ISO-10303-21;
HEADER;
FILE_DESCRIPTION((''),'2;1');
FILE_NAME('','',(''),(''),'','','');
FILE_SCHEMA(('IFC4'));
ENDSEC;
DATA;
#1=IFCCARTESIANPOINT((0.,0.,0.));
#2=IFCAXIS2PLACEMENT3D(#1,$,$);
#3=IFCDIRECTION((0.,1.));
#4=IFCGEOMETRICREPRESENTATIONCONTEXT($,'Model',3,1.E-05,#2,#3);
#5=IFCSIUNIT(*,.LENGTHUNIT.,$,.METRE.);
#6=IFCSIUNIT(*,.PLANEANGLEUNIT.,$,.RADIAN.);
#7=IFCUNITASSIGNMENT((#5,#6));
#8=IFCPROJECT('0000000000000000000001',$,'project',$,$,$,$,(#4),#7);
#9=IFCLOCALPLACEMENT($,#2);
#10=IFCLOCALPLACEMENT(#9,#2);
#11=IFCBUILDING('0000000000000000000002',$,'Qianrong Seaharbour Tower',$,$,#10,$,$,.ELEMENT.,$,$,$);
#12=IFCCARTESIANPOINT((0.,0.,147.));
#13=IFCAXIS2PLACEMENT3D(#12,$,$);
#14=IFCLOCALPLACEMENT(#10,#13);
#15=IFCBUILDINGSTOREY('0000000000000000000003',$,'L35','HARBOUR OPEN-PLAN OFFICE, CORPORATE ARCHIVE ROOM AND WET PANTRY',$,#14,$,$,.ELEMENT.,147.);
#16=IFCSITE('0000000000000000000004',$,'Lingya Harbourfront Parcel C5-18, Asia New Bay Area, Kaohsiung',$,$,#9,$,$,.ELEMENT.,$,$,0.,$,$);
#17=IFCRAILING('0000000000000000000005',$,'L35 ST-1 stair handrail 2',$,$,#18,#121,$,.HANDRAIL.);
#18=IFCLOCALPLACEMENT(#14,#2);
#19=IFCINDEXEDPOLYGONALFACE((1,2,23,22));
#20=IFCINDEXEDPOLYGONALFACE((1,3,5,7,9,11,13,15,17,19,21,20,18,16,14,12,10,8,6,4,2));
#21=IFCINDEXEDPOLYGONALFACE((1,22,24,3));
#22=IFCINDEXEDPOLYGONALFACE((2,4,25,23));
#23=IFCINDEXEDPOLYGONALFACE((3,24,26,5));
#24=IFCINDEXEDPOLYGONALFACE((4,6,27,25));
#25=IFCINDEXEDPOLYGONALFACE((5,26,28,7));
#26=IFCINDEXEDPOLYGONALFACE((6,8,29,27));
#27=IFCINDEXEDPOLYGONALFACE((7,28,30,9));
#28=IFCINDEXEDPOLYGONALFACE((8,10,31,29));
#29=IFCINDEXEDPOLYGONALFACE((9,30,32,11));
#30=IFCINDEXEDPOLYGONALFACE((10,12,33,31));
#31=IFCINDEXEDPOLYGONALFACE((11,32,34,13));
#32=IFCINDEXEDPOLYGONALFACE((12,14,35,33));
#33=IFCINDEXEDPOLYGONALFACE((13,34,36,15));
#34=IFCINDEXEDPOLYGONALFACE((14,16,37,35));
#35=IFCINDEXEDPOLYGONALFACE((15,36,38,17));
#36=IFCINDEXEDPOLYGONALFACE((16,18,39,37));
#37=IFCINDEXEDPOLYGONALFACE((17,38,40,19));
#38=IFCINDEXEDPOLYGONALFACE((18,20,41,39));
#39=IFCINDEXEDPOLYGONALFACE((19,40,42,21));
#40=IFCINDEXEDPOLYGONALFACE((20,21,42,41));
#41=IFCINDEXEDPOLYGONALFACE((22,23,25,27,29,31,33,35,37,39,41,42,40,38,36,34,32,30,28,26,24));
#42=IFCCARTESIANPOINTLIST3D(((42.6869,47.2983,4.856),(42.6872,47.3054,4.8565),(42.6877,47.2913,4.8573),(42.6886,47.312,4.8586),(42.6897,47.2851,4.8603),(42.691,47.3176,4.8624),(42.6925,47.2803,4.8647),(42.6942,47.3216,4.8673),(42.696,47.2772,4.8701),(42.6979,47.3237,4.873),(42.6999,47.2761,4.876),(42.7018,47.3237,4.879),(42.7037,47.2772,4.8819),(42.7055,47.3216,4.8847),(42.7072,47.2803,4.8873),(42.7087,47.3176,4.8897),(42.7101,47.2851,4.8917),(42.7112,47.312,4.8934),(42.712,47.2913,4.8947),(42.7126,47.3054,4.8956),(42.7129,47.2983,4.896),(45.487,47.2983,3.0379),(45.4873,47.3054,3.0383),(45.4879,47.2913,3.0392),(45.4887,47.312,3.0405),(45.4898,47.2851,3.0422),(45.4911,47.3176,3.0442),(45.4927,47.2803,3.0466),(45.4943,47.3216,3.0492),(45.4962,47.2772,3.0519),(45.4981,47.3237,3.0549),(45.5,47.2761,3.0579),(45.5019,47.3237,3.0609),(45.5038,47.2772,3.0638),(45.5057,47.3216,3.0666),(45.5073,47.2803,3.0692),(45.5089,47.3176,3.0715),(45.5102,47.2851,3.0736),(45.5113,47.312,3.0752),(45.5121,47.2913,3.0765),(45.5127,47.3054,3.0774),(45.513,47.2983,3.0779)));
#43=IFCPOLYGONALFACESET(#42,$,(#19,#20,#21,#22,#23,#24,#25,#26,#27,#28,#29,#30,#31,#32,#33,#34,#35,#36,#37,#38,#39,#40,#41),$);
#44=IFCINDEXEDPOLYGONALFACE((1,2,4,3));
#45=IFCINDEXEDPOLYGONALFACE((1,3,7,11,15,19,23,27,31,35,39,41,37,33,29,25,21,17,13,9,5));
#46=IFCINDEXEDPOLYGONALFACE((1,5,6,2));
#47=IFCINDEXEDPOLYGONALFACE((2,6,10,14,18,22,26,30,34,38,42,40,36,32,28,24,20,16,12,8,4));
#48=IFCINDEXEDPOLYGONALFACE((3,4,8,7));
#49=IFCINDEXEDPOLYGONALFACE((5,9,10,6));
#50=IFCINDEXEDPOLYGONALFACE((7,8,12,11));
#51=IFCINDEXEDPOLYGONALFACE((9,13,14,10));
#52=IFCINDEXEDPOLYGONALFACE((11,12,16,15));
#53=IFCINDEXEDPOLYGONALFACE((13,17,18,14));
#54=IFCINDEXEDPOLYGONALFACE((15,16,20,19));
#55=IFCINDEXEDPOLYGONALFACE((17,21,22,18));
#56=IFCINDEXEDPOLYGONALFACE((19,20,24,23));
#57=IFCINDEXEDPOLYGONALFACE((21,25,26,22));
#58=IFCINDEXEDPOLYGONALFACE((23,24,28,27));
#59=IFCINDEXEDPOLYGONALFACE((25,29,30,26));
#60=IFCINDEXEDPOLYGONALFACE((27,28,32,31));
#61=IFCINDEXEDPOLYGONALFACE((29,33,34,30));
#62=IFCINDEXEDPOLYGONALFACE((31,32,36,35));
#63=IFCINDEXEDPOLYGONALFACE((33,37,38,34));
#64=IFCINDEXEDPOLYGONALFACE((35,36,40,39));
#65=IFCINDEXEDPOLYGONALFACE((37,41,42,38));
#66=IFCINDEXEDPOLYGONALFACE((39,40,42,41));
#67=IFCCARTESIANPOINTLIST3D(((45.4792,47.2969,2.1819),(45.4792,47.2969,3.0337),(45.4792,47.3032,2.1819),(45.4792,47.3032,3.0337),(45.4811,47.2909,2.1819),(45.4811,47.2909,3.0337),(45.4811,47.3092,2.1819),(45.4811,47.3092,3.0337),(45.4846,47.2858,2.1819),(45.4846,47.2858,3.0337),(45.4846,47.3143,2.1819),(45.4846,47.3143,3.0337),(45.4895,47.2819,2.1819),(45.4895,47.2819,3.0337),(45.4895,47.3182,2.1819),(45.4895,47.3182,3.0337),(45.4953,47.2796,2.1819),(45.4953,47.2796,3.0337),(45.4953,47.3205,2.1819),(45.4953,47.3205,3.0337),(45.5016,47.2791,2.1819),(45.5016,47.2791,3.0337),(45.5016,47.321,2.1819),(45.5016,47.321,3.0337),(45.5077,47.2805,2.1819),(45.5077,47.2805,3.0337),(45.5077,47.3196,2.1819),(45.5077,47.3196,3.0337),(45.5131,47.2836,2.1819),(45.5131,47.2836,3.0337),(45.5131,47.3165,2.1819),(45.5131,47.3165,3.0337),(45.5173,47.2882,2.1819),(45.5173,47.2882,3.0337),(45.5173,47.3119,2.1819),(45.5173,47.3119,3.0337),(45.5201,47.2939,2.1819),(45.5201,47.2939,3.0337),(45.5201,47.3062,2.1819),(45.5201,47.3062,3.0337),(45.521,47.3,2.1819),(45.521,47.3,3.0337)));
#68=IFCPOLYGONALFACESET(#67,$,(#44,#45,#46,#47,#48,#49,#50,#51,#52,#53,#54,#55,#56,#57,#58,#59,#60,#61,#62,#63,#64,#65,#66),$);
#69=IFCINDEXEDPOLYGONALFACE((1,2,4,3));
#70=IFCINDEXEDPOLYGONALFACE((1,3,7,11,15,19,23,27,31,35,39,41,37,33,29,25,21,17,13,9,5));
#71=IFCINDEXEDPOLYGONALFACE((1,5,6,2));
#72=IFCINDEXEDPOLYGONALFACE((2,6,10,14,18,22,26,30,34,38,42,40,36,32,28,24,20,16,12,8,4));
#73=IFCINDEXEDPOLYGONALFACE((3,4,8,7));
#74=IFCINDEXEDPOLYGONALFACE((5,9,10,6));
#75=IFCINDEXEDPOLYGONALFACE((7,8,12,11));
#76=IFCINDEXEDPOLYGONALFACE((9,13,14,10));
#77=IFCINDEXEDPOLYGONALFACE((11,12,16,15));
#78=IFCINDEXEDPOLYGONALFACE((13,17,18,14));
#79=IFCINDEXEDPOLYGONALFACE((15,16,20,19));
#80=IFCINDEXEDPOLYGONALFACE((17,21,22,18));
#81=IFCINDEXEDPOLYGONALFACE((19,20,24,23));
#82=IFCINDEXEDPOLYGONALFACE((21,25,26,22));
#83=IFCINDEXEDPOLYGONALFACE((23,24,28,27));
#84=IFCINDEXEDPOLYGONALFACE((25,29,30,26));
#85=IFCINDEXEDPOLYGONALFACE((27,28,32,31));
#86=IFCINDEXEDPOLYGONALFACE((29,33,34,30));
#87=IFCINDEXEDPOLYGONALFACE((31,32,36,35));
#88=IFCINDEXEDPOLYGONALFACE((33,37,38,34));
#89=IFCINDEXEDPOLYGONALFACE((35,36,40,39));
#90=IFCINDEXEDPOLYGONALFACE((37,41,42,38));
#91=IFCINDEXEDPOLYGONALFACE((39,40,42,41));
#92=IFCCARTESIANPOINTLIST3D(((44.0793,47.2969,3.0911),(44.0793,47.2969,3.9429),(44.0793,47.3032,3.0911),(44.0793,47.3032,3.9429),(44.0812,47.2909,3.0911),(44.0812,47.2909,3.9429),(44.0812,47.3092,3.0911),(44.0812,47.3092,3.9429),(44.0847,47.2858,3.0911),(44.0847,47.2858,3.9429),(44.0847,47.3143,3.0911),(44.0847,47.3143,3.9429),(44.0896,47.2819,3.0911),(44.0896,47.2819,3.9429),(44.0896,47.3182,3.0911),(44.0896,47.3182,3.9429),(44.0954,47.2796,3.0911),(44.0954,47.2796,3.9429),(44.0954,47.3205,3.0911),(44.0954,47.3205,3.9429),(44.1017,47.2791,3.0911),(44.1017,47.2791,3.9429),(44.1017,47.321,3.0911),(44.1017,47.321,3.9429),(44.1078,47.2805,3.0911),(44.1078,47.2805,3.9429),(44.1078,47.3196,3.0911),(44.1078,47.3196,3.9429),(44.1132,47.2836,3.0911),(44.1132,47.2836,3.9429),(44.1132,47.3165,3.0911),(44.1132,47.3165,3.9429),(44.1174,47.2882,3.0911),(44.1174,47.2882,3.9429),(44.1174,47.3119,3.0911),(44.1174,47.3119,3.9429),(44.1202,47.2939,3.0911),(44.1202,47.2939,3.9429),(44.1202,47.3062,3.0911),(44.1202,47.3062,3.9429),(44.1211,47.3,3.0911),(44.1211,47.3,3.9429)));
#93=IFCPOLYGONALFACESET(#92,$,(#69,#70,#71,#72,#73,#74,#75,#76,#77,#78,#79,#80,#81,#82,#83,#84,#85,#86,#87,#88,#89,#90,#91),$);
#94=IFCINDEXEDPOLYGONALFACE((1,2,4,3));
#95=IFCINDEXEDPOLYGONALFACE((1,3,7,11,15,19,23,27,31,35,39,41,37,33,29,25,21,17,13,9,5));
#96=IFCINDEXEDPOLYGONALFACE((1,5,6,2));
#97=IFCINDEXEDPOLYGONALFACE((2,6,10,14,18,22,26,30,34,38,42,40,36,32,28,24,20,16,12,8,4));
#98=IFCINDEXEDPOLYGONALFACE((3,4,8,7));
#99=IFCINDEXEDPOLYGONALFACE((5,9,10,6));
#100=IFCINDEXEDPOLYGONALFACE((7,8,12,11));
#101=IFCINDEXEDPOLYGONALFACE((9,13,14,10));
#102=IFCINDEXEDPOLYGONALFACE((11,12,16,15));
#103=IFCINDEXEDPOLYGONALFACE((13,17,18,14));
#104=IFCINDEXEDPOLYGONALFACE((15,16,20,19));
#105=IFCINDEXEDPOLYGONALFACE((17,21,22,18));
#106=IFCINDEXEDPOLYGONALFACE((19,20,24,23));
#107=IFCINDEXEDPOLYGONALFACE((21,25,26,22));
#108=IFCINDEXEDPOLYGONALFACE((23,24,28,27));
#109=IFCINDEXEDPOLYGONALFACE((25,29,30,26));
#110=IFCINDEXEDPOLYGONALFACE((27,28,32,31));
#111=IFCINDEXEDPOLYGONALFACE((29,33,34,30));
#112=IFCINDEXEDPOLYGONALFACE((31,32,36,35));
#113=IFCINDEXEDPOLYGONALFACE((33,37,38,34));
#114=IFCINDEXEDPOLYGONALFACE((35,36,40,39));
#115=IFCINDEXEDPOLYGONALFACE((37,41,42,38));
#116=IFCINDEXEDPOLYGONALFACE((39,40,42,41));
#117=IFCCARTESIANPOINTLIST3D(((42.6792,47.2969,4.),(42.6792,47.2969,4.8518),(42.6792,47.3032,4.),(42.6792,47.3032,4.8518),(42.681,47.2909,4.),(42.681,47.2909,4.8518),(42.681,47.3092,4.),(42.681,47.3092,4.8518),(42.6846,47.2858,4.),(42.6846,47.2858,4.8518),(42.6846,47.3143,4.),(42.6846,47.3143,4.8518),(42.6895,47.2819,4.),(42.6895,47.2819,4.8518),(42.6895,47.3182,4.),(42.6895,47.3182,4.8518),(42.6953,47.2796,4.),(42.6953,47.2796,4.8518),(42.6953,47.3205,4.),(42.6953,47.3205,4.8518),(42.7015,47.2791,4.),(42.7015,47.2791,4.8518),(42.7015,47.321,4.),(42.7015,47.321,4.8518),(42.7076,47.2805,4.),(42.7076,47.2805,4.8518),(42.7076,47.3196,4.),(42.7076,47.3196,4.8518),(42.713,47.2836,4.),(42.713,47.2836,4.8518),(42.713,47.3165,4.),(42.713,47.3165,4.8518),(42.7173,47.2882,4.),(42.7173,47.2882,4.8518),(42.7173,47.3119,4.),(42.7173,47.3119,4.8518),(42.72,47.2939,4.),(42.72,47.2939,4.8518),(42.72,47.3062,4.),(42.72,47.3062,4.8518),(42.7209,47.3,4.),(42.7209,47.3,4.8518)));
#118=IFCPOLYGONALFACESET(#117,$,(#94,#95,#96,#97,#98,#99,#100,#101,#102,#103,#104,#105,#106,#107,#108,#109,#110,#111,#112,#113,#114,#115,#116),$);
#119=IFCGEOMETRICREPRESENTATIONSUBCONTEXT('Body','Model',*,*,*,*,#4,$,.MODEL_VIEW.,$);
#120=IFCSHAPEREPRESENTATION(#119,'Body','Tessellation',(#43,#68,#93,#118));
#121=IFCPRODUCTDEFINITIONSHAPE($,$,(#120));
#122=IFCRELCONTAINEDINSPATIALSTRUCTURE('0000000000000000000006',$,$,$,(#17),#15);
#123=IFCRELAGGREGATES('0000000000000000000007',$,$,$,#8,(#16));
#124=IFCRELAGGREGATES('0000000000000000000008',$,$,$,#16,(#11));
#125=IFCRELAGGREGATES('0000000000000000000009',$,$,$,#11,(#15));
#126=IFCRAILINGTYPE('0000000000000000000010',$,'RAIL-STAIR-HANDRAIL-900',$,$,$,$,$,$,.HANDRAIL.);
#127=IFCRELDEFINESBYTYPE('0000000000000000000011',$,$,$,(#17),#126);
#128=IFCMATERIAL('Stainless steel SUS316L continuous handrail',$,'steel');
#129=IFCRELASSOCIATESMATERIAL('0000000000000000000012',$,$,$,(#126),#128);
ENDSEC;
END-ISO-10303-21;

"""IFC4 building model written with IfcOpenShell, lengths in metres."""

from ifc_helpers import new_model, si_unit, direction, frame, origin, origin_2d, place, context, subcontext, project, spatial, circle, extrude, material, type_object, element, save


model = new_model("IFC4")

# Units and contexts
model_context = context("Model", 3, precision=1e-05, world=origin(), true_north=direction((0.0, 1.0)))
body_context = subcontext(model_context, "Body", "Model", "MODEL_VIEW")
ifc_project = project(units=[si_unit("LENGTHUNIT", "METRE"), si_unit("PLANEANGLEUNIT", "RADIAN")], contexts=[model_context])

# Site, building, storey
site_placement = place(None, origin())
site = spatial("IfcSite", under=ifc_project, at=site_placement, Name="Lingya Harbourfront Parcel C5-18, Asia New Bay Area, Kaohsiung", CompositionType="ELEMENT", RefElevation=0.0)
building_placement = place(site_placement, origin())
building = spatial("IfcBuilding", under=site, at=building_placement, Name="Qianrong Seaharbour Tower", CompositionType="ELEMENT")
storey_placement = place(building_placement, frame((0.0, 0.0, 147.0)))
storey = spatial("IfcBuildingStorey", under=building, at=storey_placement, Name="L35", Description="HARBOUR OPEN-PLAN OFFICE, CORPORATE ARCHIVE ROOM AND WET PANTRY", CompositionType="ELEMENT", Elevation=147.0)

# Railing
ifc_material_1 = material(Name="Stainless steel SUS316L continuous handrail", Category="steel")
railing_type_1 = type_object("IfcRailingType", Name="RAIL-STAIR-HANDRAIL-900", PredefinedType="HANDRAIL", material=ifc_material_1)
railing_1_placement = place(storey_placement, frame((45.5, 47.3, 2.1819)))
element("IfcRailing", 1, at=railing_1_placement, inside=storey, type_object=railing_type_1, Name="L35 ST-1 stair handrail 2", PredefinedType="HANDRAIL", context=body_context, shape_type="SweptSolid", body=[
    extrude(circle(Radius=0.0239, at=origin_2d()), frame((0.0, 0.0, 0.876), z_axis=(-0.838706, 0.0, 0.544585), x_axis=(0.0, -1.0, 0.0)), (0.0, 0.0, 1.0), 3.3386),
    extrude(circle(Radius=0.021, at=origin_2d()), origin(), (0.0, 0.0, 1.0), 0.8518),
    extrude(circle(Radius=0.021, at=origin_2d()), frame((-1.3999, 0.0, 0.9092)), (0.0, 0.0, 1.0), 0.8518),
    extrude(circle(Radius=0.021, at=origin_2d()), frame((-2.8, 0.0, 1.8181)), (0.0, 0.0, 1.0), 0.8518),
])

save(model, "model.ifc")
